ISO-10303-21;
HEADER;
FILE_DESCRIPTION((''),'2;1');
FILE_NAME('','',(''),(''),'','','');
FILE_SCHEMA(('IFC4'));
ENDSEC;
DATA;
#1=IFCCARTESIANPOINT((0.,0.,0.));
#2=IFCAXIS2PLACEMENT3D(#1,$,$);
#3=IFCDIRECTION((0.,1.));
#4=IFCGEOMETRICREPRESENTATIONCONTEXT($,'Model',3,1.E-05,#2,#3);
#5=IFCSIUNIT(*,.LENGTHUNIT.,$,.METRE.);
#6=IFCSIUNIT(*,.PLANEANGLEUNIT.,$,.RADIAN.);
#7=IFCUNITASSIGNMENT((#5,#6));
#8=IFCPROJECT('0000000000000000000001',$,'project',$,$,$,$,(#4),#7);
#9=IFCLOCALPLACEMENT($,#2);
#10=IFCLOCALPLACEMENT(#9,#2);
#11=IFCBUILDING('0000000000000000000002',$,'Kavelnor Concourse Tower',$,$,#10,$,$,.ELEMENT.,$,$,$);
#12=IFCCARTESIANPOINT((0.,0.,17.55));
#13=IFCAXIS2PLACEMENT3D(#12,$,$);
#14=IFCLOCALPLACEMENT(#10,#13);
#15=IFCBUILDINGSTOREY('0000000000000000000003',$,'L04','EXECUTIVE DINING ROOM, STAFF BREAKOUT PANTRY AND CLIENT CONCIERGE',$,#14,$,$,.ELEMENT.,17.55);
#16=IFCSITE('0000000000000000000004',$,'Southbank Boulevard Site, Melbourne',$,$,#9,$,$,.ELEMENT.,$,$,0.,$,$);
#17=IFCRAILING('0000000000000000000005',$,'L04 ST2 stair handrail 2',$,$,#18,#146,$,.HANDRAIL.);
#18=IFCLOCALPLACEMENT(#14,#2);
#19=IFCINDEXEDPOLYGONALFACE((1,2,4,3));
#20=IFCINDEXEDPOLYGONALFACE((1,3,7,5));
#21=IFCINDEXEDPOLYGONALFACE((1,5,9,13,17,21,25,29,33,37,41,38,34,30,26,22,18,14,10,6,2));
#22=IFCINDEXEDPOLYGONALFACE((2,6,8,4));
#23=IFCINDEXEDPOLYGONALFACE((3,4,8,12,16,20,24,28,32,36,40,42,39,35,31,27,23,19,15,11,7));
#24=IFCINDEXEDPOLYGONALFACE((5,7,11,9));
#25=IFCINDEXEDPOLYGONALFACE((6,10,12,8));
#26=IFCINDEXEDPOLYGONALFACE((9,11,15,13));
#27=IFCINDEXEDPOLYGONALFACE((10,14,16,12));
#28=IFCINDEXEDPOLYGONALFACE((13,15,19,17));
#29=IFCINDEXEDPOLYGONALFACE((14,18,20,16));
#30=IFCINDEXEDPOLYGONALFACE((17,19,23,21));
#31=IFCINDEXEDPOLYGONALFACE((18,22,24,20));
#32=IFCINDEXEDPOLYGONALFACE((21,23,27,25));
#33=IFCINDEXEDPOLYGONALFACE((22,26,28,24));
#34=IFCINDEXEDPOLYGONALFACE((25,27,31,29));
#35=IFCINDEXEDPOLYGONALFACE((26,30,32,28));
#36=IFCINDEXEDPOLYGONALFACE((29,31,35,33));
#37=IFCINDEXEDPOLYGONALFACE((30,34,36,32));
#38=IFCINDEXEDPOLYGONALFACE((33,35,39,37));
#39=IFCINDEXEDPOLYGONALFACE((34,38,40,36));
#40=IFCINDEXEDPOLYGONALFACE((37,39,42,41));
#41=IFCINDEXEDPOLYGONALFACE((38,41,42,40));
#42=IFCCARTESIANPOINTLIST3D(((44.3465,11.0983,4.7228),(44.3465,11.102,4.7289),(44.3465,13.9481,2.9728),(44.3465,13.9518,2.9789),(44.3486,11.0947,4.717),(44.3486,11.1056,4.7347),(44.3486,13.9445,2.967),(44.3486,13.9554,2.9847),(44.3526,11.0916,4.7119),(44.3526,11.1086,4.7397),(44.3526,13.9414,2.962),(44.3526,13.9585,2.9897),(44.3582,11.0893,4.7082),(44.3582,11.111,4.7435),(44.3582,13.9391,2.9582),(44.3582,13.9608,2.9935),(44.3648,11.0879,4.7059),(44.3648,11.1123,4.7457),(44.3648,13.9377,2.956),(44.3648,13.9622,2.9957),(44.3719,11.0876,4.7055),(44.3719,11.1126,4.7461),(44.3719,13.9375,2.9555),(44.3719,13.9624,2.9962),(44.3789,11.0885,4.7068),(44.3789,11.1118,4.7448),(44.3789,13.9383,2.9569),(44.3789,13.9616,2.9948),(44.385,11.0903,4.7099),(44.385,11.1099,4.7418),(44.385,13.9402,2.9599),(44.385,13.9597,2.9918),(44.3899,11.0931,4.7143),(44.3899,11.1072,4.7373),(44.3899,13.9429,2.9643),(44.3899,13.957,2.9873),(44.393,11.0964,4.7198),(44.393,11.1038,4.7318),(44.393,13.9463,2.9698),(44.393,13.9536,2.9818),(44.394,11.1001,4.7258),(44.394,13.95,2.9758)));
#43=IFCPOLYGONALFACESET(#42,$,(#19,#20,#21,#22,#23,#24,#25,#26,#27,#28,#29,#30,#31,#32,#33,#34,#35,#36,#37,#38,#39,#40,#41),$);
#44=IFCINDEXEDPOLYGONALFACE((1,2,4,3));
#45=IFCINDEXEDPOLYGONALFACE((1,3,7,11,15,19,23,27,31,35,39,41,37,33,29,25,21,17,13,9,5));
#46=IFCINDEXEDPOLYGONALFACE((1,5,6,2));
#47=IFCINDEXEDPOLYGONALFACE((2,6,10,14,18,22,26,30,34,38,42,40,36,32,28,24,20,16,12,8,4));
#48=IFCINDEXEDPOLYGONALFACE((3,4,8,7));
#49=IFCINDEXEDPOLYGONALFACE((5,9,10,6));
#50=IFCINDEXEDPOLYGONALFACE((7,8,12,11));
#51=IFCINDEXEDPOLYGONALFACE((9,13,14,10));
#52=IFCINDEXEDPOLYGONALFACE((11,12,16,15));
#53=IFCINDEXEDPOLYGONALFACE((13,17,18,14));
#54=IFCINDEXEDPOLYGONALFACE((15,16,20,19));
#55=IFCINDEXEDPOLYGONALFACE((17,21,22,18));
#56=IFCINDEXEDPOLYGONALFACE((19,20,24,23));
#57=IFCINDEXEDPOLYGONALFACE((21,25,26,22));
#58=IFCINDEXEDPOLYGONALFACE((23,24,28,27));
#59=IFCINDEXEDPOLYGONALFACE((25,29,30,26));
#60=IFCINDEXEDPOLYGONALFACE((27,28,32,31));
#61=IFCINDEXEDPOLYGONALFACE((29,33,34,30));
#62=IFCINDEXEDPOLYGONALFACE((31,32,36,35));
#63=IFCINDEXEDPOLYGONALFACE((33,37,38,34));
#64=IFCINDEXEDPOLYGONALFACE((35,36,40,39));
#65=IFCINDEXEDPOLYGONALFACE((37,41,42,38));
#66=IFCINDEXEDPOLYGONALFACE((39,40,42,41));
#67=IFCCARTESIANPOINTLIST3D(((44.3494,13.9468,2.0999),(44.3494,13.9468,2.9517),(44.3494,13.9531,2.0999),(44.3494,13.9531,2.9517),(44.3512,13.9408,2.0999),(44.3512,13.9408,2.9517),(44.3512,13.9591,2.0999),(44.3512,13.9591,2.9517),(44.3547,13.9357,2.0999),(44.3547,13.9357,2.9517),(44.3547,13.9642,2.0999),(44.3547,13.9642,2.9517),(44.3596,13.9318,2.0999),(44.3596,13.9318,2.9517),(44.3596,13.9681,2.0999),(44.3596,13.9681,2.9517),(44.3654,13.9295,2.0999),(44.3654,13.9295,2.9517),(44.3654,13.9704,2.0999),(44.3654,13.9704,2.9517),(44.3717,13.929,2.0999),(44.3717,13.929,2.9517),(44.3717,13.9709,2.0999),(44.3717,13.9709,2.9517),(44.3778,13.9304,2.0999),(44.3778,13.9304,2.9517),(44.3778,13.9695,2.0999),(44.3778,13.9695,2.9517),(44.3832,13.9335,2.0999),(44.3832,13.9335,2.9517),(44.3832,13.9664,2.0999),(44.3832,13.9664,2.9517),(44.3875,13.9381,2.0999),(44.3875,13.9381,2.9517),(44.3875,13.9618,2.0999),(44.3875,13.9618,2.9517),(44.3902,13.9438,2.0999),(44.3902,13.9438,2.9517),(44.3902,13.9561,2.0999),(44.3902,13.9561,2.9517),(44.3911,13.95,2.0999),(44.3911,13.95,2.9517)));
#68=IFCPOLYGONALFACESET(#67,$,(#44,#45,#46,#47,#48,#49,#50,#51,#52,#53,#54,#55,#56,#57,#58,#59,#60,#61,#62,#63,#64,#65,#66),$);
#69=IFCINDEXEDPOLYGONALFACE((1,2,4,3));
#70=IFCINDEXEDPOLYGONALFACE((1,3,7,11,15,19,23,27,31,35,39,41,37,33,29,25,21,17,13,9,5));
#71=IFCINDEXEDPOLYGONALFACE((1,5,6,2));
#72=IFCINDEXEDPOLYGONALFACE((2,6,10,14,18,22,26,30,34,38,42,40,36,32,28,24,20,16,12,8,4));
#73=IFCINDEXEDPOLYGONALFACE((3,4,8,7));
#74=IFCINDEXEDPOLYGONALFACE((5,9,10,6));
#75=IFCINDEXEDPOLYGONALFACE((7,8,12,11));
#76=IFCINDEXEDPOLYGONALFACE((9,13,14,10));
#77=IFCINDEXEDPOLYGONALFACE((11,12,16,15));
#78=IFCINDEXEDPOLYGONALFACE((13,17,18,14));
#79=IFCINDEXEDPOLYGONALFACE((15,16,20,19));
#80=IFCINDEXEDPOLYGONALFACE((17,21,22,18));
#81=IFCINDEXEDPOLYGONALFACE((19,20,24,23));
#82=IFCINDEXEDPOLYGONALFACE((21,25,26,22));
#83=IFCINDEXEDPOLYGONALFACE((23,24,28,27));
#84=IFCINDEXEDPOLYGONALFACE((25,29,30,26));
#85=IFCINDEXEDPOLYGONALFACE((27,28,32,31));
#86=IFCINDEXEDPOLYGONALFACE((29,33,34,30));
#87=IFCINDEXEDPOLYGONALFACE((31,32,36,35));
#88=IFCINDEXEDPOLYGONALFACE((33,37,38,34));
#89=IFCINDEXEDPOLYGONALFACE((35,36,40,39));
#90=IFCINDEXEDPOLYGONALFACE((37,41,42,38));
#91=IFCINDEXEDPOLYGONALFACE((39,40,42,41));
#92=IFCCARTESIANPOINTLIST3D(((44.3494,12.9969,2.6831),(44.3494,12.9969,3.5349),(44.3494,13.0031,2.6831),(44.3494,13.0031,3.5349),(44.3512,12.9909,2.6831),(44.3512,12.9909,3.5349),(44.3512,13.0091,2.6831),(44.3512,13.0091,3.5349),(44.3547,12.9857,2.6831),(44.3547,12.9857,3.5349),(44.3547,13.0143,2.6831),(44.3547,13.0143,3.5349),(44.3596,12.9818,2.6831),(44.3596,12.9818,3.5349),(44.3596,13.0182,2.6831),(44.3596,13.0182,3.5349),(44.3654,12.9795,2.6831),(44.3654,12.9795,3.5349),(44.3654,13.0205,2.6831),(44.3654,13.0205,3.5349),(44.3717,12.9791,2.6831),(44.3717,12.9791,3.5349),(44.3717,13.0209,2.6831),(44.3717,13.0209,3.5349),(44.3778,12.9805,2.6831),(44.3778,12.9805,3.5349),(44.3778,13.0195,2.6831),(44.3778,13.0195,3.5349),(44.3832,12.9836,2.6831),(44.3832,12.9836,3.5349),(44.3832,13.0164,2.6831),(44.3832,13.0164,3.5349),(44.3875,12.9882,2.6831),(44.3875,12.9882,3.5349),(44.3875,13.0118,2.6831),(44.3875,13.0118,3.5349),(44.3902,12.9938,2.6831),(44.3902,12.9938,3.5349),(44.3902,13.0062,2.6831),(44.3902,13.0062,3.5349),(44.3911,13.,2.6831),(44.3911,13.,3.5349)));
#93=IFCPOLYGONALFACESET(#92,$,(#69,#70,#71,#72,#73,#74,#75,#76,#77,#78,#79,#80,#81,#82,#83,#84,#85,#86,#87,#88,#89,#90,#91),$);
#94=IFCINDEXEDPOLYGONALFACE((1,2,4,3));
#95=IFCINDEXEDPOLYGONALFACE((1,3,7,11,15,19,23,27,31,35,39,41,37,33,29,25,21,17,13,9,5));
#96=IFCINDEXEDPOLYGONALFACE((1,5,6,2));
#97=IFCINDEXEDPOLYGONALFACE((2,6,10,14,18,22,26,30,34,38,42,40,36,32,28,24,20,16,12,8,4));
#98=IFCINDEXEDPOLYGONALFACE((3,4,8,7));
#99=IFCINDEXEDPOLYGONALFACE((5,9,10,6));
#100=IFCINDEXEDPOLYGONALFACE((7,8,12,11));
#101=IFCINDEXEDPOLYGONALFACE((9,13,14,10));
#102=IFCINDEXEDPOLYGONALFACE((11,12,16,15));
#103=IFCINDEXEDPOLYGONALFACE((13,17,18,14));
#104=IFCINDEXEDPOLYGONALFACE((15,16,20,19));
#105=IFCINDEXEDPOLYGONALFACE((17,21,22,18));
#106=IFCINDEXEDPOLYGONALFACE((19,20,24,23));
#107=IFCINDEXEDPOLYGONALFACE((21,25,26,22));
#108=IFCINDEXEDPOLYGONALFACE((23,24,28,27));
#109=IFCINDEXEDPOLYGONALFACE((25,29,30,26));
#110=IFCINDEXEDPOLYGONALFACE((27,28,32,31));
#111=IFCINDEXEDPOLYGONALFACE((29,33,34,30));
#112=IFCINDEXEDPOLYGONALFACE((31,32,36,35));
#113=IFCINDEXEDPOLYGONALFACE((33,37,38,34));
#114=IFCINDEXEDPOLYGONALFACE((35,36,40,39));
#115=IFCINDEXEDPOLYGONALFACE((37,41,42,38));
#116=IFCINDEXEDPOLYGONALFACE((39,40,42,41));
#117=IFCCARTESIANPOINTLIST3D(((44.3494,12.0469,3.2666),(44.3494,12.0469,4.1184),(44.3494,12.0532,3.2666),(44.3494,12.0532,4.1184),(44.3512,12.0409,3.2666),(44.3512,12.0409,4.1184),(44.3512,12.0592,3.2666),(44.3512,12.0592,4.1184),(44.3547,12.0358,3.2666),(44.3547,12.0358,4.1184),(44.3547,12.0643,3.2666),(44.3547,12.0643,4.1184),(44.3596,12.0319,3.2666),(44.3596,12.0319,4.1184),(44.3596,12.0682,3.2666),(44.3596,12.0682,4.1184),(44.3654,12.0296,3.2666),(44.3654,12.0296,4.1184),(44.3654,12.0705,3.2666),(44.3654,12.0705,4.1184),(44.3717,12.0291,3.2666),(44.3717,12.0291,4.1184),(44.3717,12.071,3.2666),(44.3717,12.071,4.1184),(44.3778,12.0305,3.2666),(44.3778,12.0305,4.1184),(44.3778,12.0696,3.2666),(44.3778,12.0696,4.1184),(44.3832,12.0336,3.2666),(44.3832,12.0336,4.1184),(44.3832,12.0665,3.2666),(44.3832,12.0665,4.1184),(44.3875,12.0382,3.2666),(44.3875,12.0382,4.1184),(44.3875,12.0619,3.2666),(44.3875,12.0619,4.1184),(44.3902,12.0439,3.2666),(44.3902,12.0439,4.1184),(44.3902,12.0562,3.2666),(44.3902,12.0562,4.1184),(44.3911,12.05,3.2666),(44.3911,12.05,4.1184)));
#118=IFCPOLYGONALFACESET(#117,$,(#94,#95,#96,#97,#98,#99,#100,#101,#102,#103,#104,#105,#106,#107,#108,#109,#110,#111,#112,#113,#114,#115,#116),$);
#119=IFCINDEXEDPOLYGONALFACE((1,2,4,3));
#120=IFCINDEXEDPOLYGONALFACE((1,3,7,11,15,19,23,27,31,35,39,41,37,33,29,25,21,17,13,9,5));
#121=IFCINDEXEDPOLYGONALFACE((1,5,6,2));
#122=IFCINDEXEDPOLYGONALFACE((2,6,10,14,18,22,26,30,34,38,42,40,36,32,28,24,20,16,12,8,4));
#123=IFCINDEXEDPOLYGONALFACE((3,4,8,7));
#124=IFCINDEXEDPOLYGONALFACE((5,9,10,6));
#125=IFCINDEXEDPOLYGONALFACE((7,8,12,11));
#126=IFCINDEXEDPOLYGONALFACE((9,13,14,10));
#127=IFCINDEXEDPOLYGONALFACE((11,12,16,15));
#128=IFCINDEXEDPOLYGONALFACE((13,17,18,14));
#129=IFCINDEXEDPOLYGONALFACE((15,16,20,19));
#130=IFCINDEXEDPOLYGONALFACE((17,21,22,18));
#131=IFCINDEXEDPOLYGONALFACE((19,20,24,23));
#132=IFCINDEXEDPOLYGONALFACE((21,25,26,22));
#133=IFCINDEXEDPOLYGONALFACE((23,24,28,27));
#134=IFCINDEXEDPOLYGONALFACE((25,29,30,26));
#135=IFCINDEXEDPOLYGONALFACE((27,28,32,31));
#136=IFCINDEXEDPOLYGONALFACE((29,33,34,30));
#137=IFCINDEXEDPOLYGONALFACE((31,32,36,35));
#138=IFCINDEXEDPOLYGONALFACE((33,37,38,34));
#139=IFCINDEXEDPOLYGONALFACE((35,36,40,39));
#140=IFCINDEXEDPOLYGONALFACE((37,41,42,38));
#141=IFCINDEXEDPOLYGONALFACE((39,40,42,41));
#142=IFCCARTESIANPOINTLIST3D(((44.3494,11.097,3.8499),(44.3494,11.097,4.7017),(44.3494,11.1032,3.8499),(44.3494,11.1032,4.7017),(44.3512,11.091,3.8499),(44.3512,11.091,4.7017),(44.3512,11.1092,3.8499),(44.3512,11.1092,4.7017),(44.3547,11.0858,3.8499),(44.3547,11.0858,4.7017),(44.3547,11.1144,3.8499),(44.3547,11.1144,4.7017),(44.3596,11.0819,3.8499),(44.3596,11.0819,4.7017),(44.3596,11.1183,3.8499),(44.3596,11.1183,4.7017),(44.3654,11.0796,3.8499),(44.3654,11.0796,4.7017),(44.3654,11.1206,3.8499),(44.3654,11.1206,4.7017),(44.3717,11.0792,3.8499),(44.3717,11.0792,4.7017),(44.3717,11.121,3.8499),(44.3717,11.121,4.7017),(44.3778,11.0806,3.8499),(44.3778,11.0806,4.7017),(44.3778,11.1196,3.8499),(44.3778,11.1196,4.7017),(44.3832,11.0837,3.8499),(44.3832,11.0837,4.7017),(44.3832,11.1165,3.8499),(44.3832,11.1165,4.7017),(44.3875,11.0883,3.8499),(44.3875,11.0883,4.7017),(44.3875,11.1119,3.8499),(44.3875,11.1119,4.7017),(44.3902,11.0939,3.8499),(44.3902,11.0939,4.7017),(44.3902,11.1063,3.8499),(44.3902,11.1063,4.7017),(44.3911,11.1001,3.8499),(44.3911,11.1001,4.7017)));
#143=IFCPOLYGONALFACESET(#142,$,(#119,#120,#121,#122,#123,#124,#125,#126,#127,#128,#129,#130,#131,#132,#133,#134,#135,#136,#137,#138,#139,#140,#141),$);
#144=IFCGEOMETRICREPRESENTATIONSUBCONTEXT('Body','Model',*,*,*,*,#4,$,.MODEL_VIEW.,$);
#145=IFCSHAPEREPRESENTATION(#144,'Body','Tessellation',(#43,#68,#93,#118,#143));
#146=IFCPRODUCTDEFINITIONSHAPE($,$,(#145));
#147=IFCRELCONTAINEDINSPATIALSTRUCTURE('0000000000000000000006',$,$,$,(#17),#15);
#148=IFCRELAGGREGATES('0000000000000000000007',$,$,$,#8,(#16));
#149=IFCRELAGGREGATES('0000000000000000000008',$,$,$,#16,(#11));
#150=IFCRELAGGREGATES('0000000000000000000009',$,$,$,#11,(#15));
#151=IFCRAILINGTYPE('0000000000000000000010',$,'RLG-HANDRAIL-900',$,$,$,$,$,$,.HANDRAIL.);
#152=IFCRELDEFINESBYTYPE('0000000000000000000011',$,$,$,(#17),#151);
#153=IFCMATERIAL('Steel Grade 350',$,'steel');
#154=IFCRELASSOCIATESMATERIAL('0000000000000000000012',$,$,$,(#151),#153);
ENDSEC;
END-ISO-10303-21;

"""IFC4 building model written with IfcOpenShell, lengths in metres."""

from ifc_helpers import new_model, si_unit, direction, frame, origin, origin_2d, place, context, subcontext, project, spatial, circle, extrude, material, type_object, element, save


model = new_model("IFC4")

# Units and contexts
model_context = context("Model", 3, precision=1e-05, world=origin(), true_north=direction((0.0, 1.0)))
body_context = subcontext(model_context, "Body", "Model", "MODEL_VIEW")
ifc_project = project(units=[si_unit("LENGTHUNIT", "METRE"), si_unit("PLANEANGLEUNIT", "RADIAN")], contexts=[model_context])

# Site, building, storey
site_placement = place(None, origin())
site = spatial("IfcSite", under=ifc_project, at=site_placement, Name="Southbank Boulevard Site, Melbourne", CompositionType="ELEMENT", RefElevation=0.0)
building_placement = place(site_placement, origin())
building = spatial("IfcBuilding", under=site, at=building_placement, Name="Kavelnor Concourse Tower", CompositionType="ELEMENT")
storey_placement = place(building_placement, frame((0.0, 0.0, 17.55)))
storey = spatial("IfcBuildingStorey", under=building, at=storey_placement, Name="L04", Description="EXECUTIVE DINING ROOM, STAFF BREAKOUT PANTRY AND CLIENT CONCIERGE", CompositionType="ELEMENT", Elevation=17.55)

# Shared definitions
ifc_material_1 = material(Name="Steel Grade 350", Category="steel")

# Railing
railing_type = type_object("IfcRailingType", Name="RLG-HANDRAIL-900", PredefinedType="HANDRAIL", material=ifc_material_1)
railing_1_placement = place(storey_placement, frame((44.3701, 13.95, 2.0999)))
element("IfcRailing", 1, at=railing_1_placement, inside=storey, type_object=railing_type, Name="L04 ST2 stair handrail 2", PredefinedType="HANDRAIL", context=body_context, shape_type="SweptSolid", body=[
    extrude(circle(Radius=0.0239, at=origin_2d()), frame((0.0, 0.0, 0.876), z_axis=(0.0, -0.852159, 0.523283), x_axis=(1.0, 0.0, 0.0)), (0.0, 0.0, 1.0), 3.3442),
    extrude(circle(Radius=0.021, at=origin_2d()), origin(), (0.0, 0.0, 1.0), 0.8518),
    extrude(circle(Radius=0.021, at=origin_2d()), frame((0.0, -0.95, 0.5833)), (0.0, 0.0, 1.0), 0.8518),
    extrude(circle(Radius=0.021, at=origin_2d()), frame((0.0, -1.8999, 1.1667)), (0.0, 0.0, 1.0), 0.8518),
    extrude(circle(Radius=0.021, at=origin_2d()), frame((0.0, -2.8499, 1.75)), (0.0, 0.0, 1.0), 0.8518),
])

save(model, "model.ifc")
